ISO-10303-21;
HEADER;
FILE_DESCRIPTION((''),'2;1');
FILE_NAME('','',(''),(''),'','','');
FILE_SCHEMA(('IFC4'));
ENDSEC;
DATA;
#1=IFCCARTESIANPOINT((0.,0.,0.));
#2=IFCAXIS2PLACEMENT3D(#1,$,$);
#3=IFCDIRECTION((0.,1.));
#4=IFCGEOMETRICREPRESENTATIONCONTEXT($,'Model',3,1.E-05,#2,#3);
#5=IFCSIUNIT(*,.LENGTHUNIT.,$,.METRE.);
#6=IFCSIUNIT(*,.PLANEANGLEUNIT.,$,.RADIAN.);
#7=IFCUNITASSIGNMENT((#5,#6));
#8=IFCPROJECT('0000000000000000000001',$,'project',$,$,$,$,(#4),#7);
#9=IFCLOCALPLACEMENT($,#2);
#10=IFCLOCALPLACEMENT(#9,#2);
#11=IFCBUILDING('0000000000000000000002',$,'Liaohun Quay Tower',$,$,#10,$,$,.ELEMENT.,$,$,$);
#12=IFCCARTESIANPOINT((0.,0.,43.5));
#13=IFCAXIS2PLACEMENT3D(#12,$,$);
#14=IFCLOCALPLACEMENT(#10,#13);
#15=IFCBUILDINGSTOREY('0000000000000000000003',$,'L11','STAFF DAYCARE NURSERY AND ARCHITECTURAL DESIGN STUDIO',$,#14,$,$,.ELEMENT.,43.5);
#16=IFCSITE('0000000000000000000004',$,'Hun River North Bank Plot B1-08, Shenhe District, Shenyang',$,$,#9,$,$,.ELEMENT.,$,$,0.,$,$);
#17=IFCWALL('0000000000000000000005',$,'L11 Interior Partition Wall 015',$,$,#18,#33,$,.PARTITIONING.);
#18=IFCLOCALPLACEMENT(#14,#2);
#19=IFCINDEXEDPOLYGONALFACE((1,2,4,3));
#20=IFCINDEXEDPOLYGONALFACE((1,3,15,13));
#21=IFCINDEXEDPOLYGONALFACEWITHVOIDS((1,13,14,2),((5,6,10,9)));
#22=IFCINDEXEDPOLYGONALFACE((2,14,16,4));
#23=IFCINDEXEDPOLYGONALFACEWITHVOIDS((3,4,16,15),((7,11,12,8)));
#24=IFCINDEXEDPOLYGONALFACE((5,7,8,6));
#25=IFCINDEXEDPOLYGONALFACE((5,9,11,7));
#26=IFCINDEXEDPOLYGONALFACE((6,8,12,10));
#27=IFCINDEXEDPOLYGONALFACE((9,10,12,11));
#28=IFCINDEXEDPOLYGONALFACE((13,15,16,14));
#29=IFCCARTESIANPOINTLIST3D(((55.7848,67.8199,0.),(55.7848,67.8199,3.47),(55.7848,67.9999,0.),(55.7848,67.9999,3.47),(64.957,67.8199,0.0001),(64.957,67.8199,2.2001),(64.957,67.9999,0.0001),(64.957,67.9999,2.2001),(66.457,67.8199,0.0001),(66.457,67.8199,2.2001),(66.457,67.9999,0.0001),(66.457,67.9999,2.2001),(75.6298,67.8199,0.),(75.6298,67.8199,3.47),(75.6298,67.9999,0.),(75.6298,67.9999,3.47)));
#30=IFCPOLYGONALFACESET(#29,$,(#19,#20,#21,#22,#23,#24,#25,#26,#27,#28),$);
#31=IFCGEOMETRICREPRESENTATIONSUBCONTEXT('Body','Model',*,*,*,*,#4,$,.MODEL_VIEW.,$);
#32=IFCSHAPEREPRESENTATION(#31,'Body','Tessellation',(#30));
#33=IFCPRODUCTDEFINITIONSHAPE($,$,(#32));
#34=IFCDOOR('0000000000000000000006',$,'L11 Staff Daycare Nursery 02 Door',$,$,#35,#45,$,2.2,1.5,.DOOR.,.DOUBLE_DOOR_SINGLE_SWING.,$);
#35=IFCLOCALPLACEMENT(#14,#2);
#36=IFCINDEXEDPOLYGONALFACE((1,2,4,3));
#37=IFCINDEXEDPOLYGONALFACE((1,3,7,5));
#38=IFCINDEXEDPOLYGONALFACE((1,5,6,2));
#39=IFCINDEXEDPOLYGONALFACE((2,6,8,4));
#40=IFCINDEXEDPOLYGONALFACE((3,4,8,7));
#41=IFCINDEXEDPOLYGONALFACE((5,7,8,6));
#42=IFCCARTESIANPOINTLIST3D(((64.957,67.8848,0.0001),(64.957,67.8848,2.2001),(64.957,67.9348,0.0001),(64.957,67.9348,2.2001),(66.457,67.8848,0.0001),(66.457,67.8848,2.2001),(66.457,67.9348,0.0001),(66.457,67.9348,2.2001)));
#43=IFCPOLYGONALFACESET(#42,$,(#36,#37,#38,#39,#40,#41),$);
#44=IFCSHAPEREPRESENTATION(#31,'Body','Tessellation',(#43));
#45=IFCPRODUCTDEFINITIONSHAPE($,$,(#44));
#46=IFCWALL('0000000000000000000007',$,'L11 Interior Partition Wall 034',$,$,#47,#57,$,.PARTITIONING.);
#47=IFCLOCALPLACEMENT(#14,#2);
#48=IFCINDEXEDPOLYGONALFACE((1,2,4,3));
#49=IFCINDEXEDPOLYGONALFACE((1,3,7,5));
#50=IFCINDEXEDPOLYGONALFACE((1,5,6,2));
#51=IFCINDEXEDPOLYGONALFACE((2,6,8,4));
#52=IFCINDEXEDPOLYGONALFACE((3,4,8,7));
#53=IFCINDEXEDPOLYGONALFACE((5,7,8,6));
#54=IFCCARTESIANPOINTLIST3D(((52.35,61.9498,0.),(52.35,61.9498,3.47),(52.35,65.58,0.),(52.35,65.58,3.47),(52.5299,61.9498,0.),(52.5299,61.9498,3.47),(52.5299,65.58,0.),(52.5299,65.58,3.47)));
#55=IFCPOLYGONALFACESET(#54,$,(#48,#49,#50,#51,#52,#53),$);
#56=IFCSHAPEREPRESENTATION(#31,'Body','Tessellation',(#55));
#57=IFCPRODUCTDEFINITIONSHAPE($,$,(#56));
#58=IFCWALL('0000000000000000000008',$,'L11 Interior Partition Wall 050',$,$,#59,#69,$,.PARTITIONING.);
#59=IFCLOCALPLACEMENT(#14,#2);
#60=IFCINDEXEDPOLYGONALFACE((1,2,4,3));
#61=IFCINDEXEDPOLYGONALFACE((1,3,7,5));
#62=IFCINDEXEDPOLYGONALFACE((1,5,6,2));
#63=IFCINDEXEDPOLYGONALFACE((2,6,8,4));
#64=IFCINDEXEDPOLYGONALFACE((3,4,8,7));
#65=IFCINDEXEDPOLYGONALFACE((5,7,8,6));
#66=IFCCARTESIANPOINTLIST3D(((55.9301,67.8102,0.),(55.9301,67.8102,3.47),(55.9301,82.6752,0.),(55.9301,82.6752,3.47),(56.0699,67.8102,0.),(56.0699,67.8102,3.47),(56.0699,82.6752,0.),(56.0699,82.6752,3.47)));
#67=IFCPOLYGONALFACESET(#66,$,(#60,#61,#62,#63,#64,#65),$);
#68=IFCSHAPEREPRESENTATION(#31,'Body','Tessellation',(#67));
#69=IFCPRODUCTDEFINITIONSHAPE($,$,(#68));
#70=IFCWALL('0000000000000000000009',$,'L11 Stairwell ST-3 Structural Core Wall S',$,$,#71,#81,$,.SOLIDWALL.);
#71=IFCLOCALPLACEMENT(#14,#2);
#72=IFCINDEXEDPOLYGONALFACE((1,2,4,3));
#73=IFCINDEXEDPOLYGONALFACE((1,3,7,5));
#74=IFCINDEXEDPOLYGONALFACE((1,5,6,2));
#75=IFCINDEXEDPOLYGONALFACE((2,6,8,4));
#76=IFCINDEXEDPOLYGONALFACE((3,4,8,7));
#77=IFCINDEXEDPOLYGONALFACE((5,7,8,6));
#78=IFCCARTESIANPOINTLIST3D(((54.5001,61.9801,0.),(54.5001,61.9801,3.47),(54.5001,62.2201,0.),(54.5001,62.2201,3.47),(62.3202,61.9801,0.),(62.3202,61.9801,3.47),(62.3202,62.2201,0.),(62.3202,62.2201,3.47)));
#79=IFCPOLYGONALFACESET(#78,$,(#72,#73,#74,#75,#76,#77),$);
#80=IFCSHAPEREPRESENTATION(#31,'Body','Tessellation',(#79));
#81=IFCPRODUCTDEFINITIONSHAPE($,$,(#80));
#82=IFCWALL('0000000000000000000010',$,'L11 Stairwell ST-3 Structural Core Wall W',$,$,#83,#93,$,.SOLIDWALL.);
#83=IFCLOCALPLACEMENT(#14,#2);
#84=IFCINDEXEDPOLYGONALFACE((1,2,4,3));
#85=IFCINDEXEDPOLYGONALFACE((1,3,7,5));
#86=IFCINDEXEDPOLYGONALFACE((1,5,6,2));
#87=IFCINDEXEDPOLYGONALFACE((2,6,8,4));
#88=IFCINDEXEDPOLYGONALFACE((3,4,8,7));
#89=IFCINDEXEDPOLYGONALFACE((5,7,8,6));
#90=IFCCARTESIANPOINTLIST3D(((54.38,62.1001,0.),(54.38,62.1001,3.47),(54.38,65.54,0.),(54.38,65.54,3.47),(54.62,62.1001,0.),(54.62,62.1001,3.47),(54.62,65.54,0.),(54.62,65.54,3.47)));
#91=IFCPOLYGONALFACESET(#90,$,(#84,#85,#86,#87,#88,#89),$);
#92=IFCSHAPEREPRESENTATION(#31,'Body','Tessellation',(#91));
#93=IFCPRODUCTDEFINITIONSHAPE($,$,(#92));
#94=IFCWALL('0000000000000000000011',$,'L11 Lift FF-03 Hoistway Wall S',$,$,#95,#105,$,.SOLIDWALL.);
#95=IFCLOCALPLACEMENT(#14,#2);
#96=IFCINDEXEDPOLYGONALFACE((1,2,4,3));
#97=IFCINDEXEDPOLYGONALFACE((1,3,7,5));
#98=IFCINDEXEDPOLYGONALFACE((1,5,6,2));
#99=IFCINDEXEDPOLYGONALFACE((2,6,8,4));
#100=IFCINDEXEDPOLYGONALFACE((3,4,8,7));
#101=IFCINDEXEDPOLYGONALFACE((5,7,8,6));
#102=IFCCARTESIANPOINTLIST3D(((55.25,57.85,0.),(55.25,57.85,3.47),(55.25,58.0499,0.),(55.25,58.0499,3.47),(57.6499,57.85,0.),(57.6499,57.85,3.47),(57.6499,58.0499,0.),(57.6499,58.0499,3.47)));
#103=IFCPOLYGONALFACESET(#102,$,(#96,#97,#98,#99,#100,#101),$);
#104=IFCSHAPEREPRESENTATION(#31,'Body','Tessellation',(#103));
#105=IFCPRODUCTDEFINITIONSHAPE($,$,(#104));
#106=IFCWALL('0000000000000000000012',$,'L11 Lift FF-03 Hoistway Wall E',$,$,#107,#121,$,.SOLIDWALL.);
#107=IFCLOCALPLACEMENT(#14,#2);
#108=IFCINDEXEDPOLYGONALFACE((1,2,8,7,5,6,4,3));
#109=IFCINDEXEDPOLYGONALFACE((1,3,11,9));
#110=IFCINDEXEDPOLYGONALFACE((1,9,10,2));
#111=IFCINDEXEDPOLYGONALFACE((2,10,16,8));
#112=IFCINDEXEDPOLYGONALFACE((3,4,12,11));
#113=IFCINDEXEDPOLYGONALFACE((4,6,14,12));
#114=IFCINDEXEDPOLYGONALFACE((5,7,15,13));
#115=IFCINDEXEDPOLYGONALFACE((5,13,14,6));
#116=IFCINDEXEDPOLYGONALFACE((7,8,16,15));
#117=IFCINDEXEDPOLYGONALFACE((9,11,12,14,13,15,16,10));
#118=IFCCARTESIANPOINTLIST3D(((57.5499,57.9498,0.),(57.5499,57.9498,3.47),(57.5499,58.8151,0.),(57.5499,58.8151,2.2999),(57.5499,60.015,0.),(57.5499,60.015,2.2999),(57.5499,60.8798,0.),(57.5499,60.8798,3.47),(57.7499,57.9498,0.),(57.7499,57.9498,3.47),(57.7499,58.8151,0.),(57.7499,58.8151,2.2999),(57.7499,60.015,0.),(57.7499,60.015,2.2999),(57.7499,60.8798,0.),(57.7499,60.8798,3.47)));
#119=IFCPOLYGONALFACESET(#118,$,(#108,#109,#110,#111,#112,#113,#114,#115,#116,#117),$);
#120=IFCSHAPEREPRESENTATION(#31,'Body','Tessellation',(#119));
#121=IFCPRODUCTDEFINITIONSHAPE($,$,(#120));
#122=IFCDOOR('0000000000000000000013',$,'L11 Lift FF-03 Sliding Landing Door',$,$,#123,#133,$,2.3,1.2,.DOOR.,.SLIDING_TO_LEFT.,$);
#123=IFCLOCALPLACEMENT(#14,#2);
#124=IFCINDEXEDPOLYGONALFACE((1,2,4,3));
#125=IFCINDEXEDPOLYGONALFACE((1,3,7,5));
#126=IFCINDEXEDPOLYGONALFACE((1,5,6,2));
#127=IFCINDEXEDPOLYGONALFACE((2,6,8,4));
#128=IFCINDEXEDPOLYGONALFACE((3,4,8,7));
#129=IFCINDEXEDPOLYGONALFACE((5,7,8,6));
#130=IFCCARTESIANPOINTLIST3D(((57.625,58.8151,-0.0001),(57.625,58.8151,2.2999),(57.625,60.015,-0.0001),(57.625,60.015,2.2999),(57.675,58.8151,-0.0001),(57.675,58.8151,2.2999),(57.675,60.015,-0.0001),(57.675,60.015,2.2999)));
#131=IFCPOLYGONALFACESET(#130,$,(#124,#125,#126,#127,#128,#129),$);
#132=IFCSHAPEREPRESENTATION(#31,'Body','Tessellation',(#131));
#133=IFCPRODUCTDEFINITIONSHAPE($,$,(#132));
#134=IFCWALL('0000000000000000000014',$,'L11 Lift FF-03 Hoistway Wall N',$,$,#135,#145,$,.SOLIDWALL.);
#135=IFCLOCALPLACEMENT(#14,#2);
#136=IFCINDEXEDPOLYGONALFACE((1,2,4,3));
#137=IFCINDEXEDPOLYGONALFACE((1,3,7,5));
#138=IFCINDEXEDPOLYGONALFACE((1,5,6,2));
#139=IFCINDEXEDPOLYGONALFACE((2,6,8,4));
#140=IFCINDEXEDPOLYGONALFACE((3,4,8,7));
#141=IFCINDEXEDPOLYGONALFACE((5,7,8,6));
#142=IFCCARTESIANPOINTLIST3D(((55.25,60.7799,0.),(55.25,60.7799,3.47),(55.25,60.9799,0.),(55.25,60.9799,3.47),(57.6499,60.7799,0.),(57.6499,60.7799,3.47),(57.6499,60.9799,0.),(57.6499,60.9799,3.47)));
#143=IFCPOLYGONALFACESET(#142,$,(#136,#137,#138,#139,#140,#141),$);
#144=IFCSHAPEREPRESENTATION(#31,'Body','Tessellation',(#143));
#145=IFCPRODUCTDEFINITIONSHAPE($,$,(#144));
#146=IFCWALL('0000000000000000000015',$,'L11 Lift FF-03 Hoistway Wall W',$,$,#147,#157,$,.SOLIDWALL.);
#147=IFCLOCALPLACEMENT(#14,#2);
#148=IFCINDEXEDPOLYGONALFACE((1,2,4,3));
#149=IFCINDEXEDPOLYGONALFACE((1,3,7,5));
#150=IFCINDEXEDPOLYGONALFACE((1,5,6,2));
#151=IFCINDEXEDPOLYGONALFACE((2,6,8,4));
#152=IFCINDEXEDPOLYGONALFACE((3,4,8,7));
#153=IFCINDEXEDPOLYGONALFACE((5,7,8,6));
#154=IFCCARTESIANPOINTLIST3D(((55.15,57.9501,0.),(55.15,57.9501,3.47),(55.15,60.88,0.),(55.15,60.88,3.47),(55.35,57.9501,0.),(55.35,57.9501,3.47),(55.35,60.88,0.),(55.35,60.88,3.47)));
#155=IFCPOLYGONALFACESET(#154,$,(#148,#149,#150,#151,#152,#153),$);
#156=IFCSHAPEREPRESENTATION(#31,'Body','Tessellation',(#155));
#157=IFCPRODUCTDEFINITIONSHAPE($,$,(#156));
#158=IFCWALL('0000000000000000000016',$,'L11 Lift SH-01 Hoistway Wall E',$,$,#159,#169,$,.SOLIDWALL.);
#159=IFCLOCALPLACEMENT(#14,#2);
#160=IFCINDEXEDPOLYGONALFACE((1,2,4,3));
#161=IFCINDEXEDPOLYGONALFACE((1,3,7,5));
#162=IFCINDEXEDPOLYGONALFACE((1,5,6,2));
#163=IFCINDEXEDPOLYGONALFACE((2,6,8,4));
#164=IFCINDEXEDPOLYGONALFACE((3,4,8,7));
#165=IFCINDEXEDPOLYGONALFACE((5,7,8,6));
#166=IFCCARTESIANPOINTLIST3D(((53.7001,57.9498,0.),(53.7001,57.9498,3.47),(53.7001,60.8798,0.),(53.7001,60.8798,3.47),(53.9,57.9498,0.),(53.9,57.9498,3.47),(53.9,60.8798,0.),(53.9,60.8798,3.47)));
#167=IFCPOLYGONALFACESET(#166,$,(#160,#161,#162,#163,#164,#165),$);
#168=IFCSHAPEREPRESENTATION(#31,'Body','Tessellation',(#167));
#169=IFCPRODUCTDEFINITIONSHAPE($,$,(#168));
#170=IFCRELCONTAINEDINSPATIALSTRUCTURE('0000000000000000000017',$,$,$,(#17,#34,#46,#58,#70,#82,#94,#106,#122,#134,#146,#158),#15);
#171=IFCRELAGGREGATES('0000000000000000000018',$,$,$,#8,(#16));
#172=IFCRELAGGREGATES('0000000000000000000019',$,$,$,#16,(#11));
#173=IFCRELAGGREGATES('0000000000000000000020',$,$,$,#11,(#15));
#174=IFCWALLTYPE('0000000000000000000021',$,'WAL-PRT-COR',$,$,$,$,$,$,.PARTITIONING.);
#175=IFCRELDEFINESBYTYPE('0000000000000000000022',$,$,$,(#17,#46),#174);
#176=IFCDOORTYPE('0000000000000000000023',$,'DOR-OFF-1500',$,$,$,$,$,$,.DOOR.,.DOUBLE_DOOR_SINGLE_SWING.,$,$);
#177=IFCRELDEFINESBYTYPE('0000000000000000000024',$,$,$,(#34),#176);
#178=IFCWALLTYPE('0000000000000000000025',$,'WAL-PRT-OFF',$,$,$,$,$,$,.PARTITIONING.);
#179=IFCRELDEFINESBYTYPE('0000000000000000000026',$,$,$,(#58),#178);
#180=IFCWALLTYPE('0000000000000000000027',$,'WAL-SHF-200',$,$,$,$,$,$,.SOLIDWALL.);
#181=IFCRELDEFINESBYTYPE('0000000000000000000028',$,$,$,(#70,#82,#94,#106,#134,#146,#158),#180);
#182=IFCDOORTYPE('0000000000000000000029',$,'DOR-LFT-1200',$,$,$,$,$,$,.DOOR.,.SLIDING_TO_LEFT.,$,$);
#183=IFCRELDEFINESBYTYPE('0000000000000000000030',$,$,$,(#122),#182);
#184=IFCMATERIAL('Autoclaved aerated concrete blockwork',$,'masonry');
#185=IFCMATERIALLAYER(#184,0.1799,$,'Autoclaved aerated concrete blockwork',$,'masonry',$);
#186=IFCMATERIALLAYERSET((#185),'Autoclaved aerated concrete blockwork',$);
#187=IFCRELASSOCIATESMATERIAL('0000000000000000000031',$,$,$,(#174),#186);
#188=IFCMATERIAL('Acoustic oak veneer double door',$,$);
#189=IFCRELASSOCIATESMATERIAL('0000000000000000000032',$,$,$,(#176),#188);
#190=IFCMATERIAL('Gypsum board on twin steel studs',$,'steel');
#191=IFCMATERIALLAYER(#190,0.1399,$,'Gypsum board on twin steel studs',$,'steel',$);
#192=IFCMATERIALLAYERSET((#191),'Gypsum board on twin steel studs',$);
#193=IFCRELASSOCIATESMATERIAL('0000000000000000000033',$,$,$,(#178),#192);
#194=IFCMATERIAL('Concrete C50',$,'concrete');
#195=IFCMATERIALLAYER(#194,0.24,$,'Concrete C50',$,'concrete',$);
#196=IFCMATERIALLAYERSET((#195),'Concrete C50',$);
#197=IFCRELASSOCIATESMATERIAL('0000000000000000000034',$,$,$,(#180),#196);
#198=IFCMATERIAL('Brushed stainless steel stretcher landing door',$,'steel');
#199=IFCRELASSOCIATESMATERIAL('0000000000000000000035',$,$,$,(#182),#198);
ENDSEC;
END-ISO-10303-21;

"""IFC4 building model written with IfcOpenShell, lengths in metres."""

from ifc_helpers import new_model, si_unit, direction, frame, frame_2d, origin, place, context, subcontext, project, spatial, rectangle, extrude, source, transform, mapped, material, layer, layer_set, type_object, element, fill, save


model = new_model("IFC4")

# Units and contexts
model_context = context("Model", 3, precision=1e-05, world=origin(), true_north=direction((0.0, 1.0)))
body_context = subcontext(model_context, "Body", "Model", "MODEL_VIEW")
ifc_project = project(units=[si_unit("LENGTHUNIT", "METRE"), si_unit("PLANEANGLEUNIT", "RADIAN")], contexts=[model_context])

# Site, building, storey
site_placement = place(None, origin())
site = spatial("IfcSite", under=ifc_project, at=site_placement, Name="Hun River North Bank Plot B1-08, Shenhe District, Shenyang", CompositionType="ELEMENT", RefElevation=0.0)
building_placement = place(site_placement, origin())
building = spatial("IfcBuilding", under=site, at=building_placement, Name="Liaohun Quay Tower", CompositionType="ELEMENT")
storey_placement = place(building_placement, frame((0.0, 0.0, 43.5)))
storey = spatial("IfcBuildingStorey", under=building, at=storey_placement, Name="L11", Description="STAFF DAYCARE NURSERY AND ARCHITECTURAL DESIGN STUDIO", CompositionType="ELEMENT", Elevation=43.5)

# Wall, opening, door
ifc_material_1 = material(Name="Autoclaved aerated concrete blockwork", Category="masonry")
ifc_layer_1 = layer(ifc_material_1, 0.1799, Name="Autoclaved aerated concrete blockwork", Category="masonry")
ifc_layer_set_1 = layer_set([ifc_layer_1], Name="Autoclaved aerated concrete blockwork")
wall_type_1 = type_object("IfcWallType", Name="WAL-PRT-COR", PredefinedType="PARTITIONING", material=ifc_layer_set_1)
wall_1_placement = place(storey_placement, frame((55.7849, 67.9099, 0.0), z_axis=(0.0, 0.0, 1.0), x_axis=(1.0, 0.0, 0.0)))
wall_1 = element("IfcWall", 1, at=wall_1_placement, inside=storey, type_object=wall_type_1, Name="L11 Interior Partition Wall 015", PredefinedType="PARTITIONING", context=body_context, shape_type="SweptSolid", body=[
    extrude(rectangle(XDim=19.845, YDim=0.1799, at=frame_2d((9.9224, 0.0))), origin(), (0.0, 0.0, 1.0), 3.47),
])
shared_shape_1 = source(origin(), body_context, "Body", "SweptSolid", [
    extrude(rectangle(XDim=1.5, YDim=2.2, at=frame_2d((0.75, 1.1001))), frame((0.0, 0.0999, 0.0), z_axis=(0.0, -1.0, 0.0), x_axis=(1.0, 0.0, 0.0)), (0.0, 0.0, 1.0), 0.2),
])
opening_1_placement = place(wall_1_placement, frame((9.1721, 0.0, 0.0)))
opening_1 = element("IfcOpeningElement", 2, at=opening_1_placement, cuts=wall_1, PredefinedType="OPENING", context=body_context, shape_type="MappedRepresentation", body=[
    mapped(shared_shape_1, transform((0.0, 0.0, 0.0), x_axis=(1.0, 0.0, 0.0), y_axis=(0.0, 1.0, 0.0), z_axis=(0.0, 0.0, 1.0), scale=1.0)),
])
ifc_material_2 = material(Name="Acoustic oak veneer double door")
door_type_1 = type_object("IfcDoorType", Name="DOR-OFF-1500", OperationType="DOUBLE_DOOR_SINGLE_SWING", PredefinedType="DOOR", material=ifc_material_2)
shared_shape_2 = source(origin(), body_context, "Body", "SweptSolid", [
    extrude(rectangle(XDim=1.5, YDim=2.2, at=frame_2d((0.75, 1.1001))), frame((0.0, 0.0249, 0.0), z_axis=(0.0, -1.0, 0.0), x_axis=(1.0, 0.0, 0.0)), (0.0, 0.0, 1.0), 0.05),
])
door_1_placement = place(opening_1_placement, origin())
door_1 = element("IfcDoor", 3, at=door_1_placement, inside=storey, type_object=door_type_1, Name="L11 Staff Daycare Nursery 02 Door", OperationType="DOUBLE_DOOR_SINGLE_SWING", OverallHeight=2.2, OverallWidth=1.5, PredefinedType="DOOR", context=body_context, shape_type="MappedRepresentation", body=[
    mapped(shared_shape_2, transform((0.0, 0.0, 0.0), x_axis=(1.0, 0.0, 0.0), y_axis=(0.0, 1.0, 0.0), z_axis=(0.0, 0.0, 1.0), scale=1.0)),
])
fill(opening_1, door_1)

# Walls
wall_2_placement = place(storey_placement, frame((52.4399, 61.95, 0.0), z_axis=(0.0, 0.0, 1.0), x_axis=(0.0, 1.0, 0.0)))
element("IfcWall", 4, at=wall_2_placement, inside=storey, type_object=wall_type_1, Name="L11 Interior Partition Wall 034", PredefinedType="PARTITIONING", context=body_context, shape_type="SweptSolid", body=[
    extrude(rectangle(XDim=3.6301, YDim=0.1799, at=frame_2d((1.8149, 0.0))), origin(), (0.0, 0.0, 1.0), 3.47),
])
ifc_material_3 = material(Name="Gypsum board on twin steel studs", Category="steel")
ifc_layer_2 = layer(ifc_material_3, 0.1399, Name="Gypsum board on twin steel studs", Category="steel")
ifc_layer_set_2 = layer_set([ifc_layer_2], Name="Gypsum board on twin steel studs")
wall_type_2 = type_object("IfcWallType", Name="WAL-PRT-OFF", PredefinedType="PARTITIONING", material=ifc_layer_set_2)
wall_3_placement = place(storey_placement, frame((56.0, 67.8101, 0.0), z_axis=(0.0, 0.0, 1.0), x_axis=(0.0, 1.0, 0.0)))
element("IfcWall", 5, at=wall_3_placement, inside=storey, type_object=wall_type_2, Name="L11 Interior Partition Wall 050", PredefinedType="PARTITIONING", context=body_context, shape_type="SweptSolid", body=[
    extrude(rectangle(XDim=14.865, YDim=0.1399, at=frame_2d((7.4326, 0.0))), origin(), (0.0, 0.0, 1.0), 3.47),
])
ifc_material_4 = material(Name="Concrete C50", Category="concrete")
ifc_layer_3 = layer(ifc_material_4, 0.24, Name="Concrete C50", Category="concrete")
ifc_layer_set_3 = layer_set([ifc_layer_3], Name="Concrete C50")
wall_type_3 = type_object("IfcWallType", Name="WAL-SHF-200", PredefinedType="SOLIDWALL", material=ifc_layer_set_3)
wall_4_placement = place(storey_placement, frame((54.5, 62.1001, 0.0), z_axis=(0.0, 0.0, 1.0), x_axis=(1.0, 0.0, 0.0)))
element("IfcWall", 6, at=wall_4_placement, inside=storey, type_object=wall_type_3, Name="L11 Stairwell ST-3 Structural Core Wall S", PredefinedType="SOLIDWALL", context=body_context, shape_type="SweptSolid", body=[
    extrude(rectangle(XDim=7.8201, YDim=0.24, at=frame_2d((3.9102, 0.0))), origin(), (0.0, 0.0, 1.0), 3.47),
])
wall_5_placement = place(storey_placement, frame((54.5, 65.54, 0.0), z_axis=(0.0, 0.0, 1.0), x_axis=(0.0, -1.0, 0.0)))
element("IfcWall", 7, at=wall_5_placement, inside=storey, type_object=wall_type_3, Name="L11 Stairwell ST-3 Structural Core Wall W", PredefinedType="SOLIDWALL", context=body_context, shape_type="SweptSolid", body=[
    extrude(rectangle(XDim=3.4399, YDim=0.24, at=frame_2d((1.72, 0.0))), origin(), (0.0, 0.0, 1.0), 3.47),
])
wall_6_placement = place(storey_placement, frame((55.25, 57.95, 0.0), z_axis=(0.0, 0.0, 1.0), x_axis=(1.0, 0.0, 0.0)))
element("IfcWall", 8, at=wall_6_placement, inside=storey, type_object=wall_type_3, Name="L11 Lift FF-03 Hoistway Wall S", PredefinedType="SOLIDWALL", context=body_context, shape_type="SweptSolid", body=[
    extrude(rectangle(XDim=2.3999, YDim=0.2, at=frame_2d((1.2, 0.0))), origin(), (0.0, 0.0, 1.0), 3.47),
])

# Wall, opening, door
wall_7_placement = place(storey_placement, frame((57.6499, 57.95, 0.0), z_axis=(0.0, 0.0, 1.0), x_axis=(0.0, 1.0, 0.0)))
wall_7 = element("IfcWall", 9, at=wall_7_placement, inside=storey, type_object=wall_type_3, Name="L11 Lift FF-03 Hoistway Wall E", PredefinedType="SOLIDWALL", context=body_context, shape_type="SweptSolid", body=[
    extrude(rectangle(XDim=2.9299, YDim=0.2, at=frame_2d((1.4648, 0.0))), origin(), (0.0, 0.0, 1.0), 3.47),
])
shared_shape_3 = source(origin(), body_context, "Body", "SweptSolid", [
    extrude(rectangle(XDim=1.2, YDim=2.3, at=frame_2d((0.6001, 1.1499))), frame((0.0, 0.1099, 0.0), z_axis=(0.0, -1.0, 0.0), x_axis=(1.0, 0.0, 0.0)), (0.0, 0.0, 1.0), 0.22),
])
opening_2_placement = place(wall_7_placement, frame((0.865, 0.0, 0.0)))
opening_2 = element("IfcOpeningElement", 10, at=opening_2_placement, cuts=wall_7, PredefinedType="OPENING", context=body_context, shape_type="MappedRepresentation", body=[
    mapped(shared_shape_3, transform((0.0, 0.0, 0.0), x_axis=(1.0, 0.0, 0.0), y_axis=(0.0, 1.0, 0.0), z_axis=(0.0, 0.0, 1.0), scale=1.0)),
])
ifc_material_5 = material(Name="Brushed stainless steel stretcher landing door", Category="steel")
door_type_2 = type_object("IfcDoorType", Name="DOR-LFT-1200", OperationType="SLIDING_TO_LEFT", PredefinedType="DOOR", material=ifc_material_5)
shared_shape_4 = source(origin(), body_context, "Body", "SweptSolid", [
    extrude(rectangle(XDim=1.2, YDim=2.3, at=frame_2d((0.6001, 1.1499))), frame((0.0, 0.0249, 0.0), z_axis=(0.0, -1.0, 0.0), x_axis=(1.0, 0.0, 0.0)), (0.0, 0.0, 1.0), 0.05),
])
door_2_placement = place(opening_2_placement, origin())
door_2 = element("IfcDoor", 11, at=door_2_placement, inside=storey, type_object=door_type_2, Name="L11 Lift FF-03 Sliding Landing Door", OperationType="SLIDING_TO_LEFT", OverallHeight=2.3, OverallWidth=1.2, PredefinedType="DOOR", context=body_context, shape_type="MappedRepresentation", body=[
    mapped(shared_shape_4, transform((0.0, 0.0, 0.0), x_axis=(1.0, 0.0, 0.0), y_axis=(0.0, 1.0, 0.0), z_axis=(0.0, 0.0, 1.0), scale=1.0)),
])
fill(opening_2, door_2)

# Walls
wall_8_placement = place(storey_placement, frame((57.6499, 60.8799, 0.0), z_axis=(0.0, 0.0, 1.0), x_axis=(-1.0, 0.0, 0.0)))
element("IfcWall", 12, at=wall_8_placement, inside=storey, type_object=wall_type_3, Name="L11 Lift FF-03 Hoistway Wall N", PredefinedType="SOLIDWALL", context=body_context, shape_type="SweptSolid", body=[
    extrude(rectangle(XDim=2.3999, YDim=0.2, at=frame_2d((1.2, 0.0))), origin(), (0.0, 0.0, 1.0), 3.47),
])
for number, where, z_axis, x_axis, name in (
    (13, (55.25, 60.8799, 0.0), (0.0, 0.0, 1.0), (0.0, -1.0, 0.0), "L11 Lift FF-03 Hoistway Wall W"),
    (14, (53.8, 57.95, 0.0), (0.0, 0.0, 1.0), (0.0, 1.0, 0.0), "L11 Lift SH-01 Hoistway Wall E"),
):
    element("IfcWall", number, at=place(storey_placement, frame(where, z_axis=z_axis, x_axis=x_axis)), inside=storey, type_object=wall_type_3, Name=name, PredefinedType="SOLIDWALL", context=body_context, shape_type="SweptSolid", body=[
        extrude(rectangle(XDim=2.9299, YDim=0.2, at=frame_2d((1.4648, 0.0))), origin(), (0.0, 0.0, 1.0), 3.47),
    ])

save(model, "model.ifc")
